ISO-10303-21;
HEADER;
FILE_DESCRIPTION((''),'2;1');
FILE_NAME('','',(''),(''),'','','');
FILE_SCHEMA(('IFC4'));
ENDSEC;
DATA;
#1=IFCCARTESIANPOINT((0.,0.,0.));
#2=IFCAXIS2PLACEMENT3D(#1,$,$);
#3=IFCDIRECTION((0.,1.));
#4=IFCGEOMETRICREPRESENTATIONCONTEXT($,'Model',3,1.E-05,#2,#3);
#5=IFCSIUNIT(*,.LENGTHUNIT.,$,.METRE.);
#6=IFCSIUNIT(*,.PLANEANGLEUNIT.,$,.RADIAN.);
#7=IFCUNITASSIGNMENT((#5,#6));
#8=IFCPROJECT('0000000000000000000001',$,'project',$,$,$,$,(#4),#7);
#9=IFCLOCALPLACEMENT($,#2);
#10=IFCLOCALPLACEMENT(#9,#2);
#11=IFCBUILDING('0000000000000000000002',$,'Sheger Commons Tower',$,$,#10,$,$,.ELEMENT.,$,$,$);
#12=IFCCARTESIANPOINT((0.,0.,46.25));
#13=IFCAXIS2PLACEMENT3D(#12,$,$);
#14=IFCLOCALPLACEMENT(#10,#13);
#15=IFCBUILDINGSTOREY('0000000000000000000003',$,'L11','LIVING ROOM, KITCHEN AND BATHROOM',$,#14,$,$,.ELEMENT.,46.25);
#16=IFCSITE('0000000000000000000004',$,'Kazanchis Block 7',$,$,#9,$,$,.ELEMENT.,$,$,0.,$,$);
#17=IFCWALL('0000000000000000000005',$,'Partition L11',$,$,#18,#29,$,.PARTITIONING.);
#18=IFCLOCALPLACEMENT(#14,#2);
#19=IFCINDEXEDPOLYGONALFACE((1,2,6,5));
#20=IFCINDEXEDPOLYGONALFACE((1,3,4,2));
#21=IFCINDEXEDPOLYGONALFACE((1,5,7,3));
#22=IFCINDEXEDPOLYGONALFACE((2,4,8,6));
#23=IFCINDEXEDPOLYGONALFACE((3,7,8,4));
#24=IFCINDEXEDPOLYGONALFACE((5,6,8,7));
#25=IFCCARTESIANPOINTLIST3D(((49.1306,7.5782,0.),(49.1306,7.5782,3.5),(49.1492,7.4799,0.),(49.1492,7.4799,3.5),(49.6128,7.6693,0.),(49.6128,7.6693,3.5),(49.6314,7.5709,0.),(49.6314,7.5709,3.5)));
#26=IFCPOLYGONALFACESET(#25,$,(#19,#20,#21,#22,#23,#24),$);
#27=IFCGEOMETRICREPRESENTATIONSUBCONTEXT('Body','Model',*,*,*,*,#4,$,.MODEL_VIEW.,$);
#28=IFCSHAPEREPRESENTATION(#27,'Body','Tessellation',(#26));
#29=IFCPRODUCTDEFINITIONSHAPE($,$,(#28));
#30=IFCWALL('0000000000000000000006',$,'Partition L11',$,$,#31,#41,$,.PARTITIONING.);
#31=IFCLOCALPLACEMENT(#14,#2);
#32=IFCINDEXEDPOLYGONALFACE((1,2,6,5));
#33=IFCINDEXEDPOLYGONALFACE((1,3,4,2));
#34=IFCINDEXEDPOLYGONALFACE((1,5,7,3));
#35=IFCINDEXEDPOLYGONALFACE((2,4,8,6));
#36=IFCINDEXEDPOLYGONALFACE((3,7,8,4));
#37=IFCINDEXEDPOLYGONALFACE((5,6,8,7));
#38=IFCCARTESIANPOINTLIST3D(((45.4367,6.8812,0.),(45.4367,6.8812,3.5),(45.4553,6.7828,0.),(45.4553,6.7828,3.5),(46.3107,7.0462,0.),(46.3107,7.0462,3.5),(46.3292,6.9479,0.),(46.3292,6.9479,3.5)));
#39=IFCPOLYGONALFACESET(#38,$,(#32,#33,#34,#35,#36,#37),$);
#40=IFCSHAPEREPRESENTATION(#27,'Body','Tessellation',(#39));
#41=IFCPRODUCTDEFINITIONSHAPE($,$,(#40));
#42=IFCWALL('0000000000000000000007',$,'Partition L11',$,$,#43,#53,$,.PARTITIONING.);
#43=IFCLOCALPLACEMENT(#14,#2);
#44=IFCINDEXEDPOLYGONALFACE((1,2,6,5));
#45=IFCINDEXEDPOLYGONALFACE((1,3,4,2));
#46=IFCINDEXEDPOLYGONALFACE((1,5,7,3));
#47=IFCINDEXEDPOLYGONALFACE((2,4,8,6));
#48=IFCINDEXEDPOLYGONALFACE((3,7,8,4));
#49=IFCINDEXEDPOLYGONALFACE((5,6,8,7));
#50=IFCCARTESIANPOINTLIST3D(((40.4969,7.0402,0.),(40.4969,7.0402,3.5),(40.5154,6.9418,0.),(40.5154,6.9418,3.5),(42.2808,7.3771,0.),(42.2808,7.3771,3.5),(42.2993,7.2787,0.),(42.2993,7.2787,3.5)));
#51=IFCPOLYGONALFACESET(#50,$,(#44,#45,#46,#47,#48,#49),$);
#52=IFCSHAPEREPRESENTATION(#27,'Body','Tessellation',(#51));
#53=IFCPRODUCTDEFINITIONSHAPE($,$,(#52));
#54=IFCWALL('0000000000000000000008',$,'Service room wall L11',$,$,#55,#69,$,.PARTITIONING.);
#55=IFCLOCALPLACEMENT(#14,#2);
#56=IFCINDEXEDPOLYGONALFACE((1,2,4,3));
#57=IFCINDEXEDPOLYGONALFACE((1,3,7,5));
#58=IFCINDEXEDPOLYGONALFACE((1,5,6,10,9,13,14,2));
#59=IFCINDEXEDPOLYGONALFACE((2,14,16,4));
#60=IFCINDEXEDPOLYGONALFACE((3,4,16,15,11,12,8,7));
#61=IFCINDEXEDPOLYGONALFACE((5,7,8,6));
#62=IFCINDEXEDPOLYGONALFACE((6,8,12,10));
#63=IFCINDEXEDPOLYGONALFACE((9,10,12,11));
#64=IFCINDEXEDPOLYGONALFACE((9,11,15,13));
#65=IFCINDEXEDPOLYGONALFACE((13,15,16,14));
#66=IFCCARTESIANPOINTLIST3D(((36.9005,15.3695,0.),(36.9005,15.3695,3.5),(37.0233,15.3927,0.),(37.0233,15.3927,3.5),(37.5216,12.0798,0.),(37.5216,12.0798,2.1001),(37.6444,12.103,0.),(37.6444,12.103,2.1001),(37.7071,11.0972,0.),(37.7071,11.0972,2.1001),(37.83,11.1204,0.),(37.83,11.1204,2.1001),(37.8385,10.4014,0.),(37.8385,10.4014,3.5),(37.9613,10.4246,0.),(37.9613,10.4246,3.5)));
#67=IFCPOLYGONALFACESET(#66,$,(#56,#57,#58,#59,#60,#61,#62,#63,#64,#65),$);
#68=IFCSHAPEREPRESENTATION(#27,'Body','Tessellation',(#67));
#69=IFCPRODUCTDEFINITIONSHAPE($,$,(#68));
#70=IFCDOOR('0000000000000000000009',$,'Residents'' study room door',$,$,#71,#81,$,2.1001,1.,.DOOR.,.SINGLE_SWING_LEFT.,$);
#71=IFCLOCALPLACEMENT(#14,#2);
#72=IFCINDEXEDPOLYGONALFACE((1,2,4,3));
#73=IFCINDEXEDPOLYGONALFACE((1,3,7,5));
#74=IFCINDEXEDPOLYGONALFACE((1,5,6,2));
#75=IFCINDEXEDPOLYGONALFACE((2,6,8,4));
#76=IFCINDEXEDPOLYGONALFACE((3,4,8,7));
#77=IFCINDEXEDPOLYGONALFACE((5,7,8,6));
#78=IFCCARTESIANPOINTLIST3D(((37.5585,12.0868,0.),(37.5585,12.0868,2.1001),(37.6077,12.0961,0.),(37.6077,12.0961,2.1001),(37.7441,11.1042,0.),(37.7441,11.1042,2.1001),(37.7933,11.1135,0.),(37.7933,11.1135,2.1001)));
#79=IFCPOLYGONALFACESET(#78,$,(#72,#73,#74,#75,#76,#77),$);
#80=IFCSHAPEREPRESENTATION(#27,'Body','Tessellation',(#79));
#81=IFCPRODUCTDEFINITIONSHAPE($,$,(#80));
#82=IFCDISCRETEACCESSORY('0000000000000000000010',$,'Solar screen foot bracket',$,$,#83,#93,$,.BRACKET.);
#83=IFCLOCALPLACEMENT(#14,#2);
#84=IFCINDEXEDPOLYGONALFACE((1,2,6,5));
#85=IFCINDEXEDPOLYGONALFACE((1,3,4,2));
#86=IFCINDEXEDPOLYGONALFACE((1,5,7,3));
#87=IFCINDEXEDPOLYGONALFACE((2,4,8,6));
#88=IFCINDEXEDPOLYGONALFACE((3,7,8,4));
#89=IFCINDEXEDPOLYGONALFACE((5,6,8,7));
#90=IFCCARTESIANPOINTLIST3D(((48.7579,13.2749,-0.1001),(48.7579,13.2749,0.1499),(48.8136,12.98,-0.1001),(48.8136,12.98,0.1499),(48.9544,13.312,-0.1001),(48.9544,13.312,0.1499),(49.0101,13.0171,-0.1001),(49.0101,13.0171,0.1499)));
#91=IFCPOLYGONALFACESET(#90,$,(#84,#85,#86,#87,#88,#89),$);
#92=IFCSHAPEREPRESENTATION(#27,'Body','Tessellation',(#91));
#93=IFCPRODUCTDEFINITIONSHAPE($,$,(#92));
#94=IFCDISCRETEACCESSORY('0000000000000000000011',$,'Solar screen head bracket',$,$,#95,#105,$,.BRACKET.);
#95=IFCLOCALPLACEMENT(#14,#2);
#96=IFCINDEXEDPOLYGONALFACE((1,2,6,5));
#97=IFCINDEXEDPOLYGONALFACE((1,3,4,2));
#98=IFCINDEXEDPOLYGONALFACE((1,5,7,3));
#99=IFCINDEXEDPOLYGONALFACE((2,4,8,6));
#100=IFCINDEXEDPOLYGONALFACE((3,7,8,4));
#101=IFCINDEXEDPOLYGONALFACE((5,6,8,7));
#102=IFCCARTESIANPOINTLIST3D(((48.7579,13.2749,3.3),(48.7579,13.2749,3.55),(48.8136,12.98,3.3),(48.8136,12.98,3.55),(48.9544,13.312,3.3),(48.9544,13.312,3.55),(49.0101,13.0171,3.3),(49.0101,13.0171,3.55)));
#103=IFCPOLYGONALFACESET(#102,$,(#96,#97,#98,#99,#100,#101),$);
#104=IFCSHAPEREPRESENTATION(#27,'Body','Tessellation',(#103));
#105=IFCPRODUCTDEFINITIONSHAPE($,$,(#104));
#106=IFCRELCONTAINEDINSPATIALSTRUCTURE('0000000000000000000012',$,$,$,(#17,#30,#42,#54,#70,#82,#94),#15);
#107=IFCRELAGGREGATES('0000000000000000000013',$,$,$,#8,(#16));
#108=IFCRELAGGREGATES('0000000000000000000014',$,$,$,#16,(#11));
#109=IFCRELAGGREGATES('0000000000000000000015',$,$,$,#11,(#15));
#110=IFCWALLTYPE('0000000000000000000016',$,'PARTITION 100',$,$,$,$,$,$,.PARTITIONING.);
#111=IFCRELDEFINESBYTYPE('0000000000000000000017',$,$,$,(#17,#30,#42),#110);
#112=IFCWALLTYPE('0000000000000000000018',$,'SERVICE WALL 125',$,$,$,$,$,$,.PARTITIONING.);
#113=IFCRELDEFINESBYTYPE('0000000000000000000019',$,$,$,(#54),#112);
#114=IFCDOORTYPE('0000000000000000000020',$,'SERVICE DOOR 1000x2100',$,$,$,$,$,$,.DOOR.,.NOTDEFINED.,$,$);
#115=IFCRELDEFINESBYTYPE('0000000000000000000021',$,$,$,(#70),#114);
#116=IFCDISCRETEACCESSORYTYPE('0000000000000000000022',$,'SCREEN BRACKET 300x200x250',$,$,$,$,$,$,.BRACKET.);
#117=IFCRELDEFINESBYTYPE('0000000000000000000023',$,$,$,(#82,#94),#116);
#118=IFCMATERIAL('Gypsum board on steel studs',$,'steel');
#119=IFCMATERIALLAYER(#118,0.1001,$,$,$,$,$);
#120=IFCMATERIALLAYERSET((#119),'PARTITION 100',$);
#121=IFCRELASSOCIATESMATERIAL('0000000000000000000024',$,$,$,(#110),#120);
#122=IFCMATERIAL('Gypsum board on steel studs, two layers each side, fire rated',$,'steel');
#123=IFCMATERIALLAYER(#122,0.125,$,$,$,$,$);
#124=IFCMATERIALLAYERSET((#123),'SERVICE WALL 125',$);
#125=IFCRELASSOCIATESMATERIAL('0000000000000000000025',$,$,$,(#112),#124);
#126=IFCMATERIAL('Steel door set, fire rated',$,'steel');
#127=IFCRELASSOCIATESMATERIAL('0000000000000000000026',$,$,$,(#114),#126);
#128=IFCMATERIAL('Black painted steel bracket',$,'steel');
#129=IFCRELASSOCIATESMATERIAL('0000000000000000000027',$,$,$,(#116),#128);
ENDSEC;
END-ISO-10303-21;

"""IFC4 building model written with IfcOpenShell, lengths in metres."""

from ifc_helpers import new_model, si_unit, direction, frame, frame_2d, origin, origin_2d, place, context, subcontext, project, spatial, rectangle, extrude, material, layer, layer_set, type_object, element, fill, save


model = new_model("IFC4")

# Units and contexts
model_context = context("Model", 3, precision=1e-05, world=origin(), true_north=direction((0.0, 1.0)))
body_context = subcontext(model_context, "Body", "Model", "MODEL_VIEW")
ifc_project = project(units=[si_unit("LENGTHUNIT", "METRE"), si_unit("PLANEANGLEUNIT", "RADIAN")], contexts=[model_context])

# Site, building, storey
site_placement = place(None, origin())
site = spatial("IfcSite", under=ifc_project, at=site_placement, Name="Kazanchis Block 7", CompositionType="ELEMENT", RefElevation=0.0)
building_placement = place(site_placement, origin())
building = spatial("IfcBuilding", under=site, at=building_placement, Name="Sheger Commons Tower", CompositionType="ELEMENT")
storey_placement = place(building_placement, frame((0.0, 0.0, 46.25)))
storey = spatial("IfcBuildingStorey", under=building, at=storey_placement, Name="L11", Description="LIVING ROOM, KITCHEN AND BATHROOM", CompositionType="ELEMENT", Elevation=46.25)

# Shared definitions
ifc_material_1 = material(Name="Gypsum board on steel studs", Category="steel")
ifc_layer_1 = layer(ifc_material_1, 0.1001)
ifc_layer_set_1 = layer_set([ifc_layer_1], Name="PARTITION 100")
wall_type_1 = type_object("IfcWallType", Name="PARTITION 100", PredefinedType="PARTITIONING", material=ifc_layer_set_1)

# Walls
wall_1_placement = place(storey_placement, frame((49.6221, 7.6201, 0.0), z_axis=(0.0, 0.0, 1.0), x_axis=(-0.982629, -0.18558, 0.0)))
element("IfcWall", 1, at=wall_1_placement, inside=storey, type_object=wall_type_1, Name="Partition L11", PredefinedType="PARTITIONING", context=body_context, shape_type="SweptSolid", body=[
    extrude(rectangle(XDim=0.4907, YDim=0.1001, at=frame_2d((0.2454, 0.0))), origin(), (0.0, 0.0, 1.0), 3.5),
])
wall_2_placement = place(storey_placement, frame((46.3201, 6.9971, 0.0), z_axis=(0.0, 0.0, 1.0), x_axis=(-0.982635, -0.185548, 0.0)))
element("IfcWall", 2, at=wall_2_placement, inside=storey, type_object=wall_type_1, Name="Partition L11", PredefinedType="PARTITIONING", context=body_context, shape_type="SweptSolid", body=[
    extrude(rectangle(XDim=0.8894, YDim=0.1001, at=frame_2d((0.4448, 0.0))), origin(), (0.0, 0.0, 1.0), 3.5),
])
wall_3_placement = place(storey_placement, frame((42.29, 7.3279, 0.0), z_axis=(0.0, 0.0, 1.0), x_axis=(-0.982629, -0.185579, 0.0)))
element("IfcWall", 3, at=wall_3_placement, inside=storey, type_object=wall_type_1, Name="Partition L11", PredefinedType="PARTITIONING", context=body_context, shape_type="SweptSolid", body=[
    extrude(rectangle(XDim=1.8154, YDim=0.1001, at=frame_2d((0.9077, 0.0))), origin(), (0.0, 0.0, 1.0), 3.5),
])

# Wall, opening, door
ifc_material_2 = material(Name="Gypsum board on steel studs, two layers each side, fire rated", Category="steel")
ifc_layer_2 = layer(ifc_material_2, 0.125)
ifc_layer_set_2 = layer_set([ifc_layer_2], Name="SERVICE WALL 125")
wall_type_2 = type_object("IfcWallType", Name="SERVICE WALL 125", PredefinedType="PARTITIONING", material=ifc_layer_set_2)
wall_4_placement = place(storey_placement, frame((37.8999, 10.4131, 0.0), z_axis=(0.0, 0.0, 1.0), x_axis=(-0.185528, 0.982639, 0.0)))
wall_4 = element("IfcWall", 4, at=wall_4_placement, inside=storey, type_object=wall_type_2, Name="Service room wall L11", PredefinedType="PARTITIONING", context=body_context, shape_type="SweptSolid", body=[
    extrude(rectangle(XDim=5.0559, YDim=0.125, at=frame_2d((2.5278, 0.0))), origin(), (0.0, 0.0, 1.0), 3.5),
])
opening_1_placement = place(wall_4_placement, frame((0.708, 0.0, 0.0)))
opening_1 = element("IfcOpeningElement", 5, at=opening_1_placement, cuts=wall_4, PredefinedType="OPENING", context=body_context, shape_type="SweptSolid", body=[
    extrude(rectangle(XDim=1.0, YDim=2.1001, at=frame_2d((0.5, 1.05))), frame((0.0, 0.0725, 0.0), z_axis=(0.0, -1.0, 0.0), x_axis=(1.0, 0.0, 0.0)), (0.0, 0.0, 1.0), 0.145),
])
ifc_material_3 = material(Name="Steel door set, fire rated", Category="steel")
door_type_1 = type_object("IfcDoorType", Name="SERVICE DOOR 1000x2100", OperationType="NOTDEFINED", PredefinedType="DOOR", material=ifc_material_3)
door_1_placement = place(opening_1_placement, origin())
door_1 = element("IfcDoor", 6, at=door_1_placement, inside=storey, type_object=door_type_1, Name="Residents' study room door", OperationType="SINGLE_SWING_LEFT", OverallHeight=2.1001, OverallWidth=1.0, PredefinedType="DOOR", context=body_context, shape_type="SweptSolid", body=[
    extrude(rectangle(XDim=1.0, YDim=2.1001, at=frame_2d((0.5, 1.05))), frame((0.0, 0.0249, 0.0), z_axis=(0.0, -1.0, 0.0), x_axis=(1.0, 0.0, 0.0)), (0.0, 0.0, 1.0), 0.05),
])
fill(opening_1, door_1)

# Discrete accessories
ifc_material_4 = material(Name="Black painted steel bracket", Category="steel")
discrete_accessory_type = type_object("IfcDiscreteAccessoryType", Name="SCREEN BRACKET 300x200x250", PredefinedType="BRACKET", material=ifc_material_4)
for number, where, z_axis, x_axis, name in (
    (7, (48.884, 13.146, -0.1001), (0.0, 0.0, 1.0), (-0.185615, 0.982623, 0.0), "Solar screen foot bracket"),
    (8, (48.884, 13.146, 3.3), (0.0, 0.0, 1.0), (-0.185615, 0.982623, 0.0), "Solar screen head bracket"),
):
    element("IfcDiscreteAccessory", number, at=place(storey_placement, frame(where, z_axis=z_axis, x_axis=x_axis)), inside=storey, type_object=discrete_accessory_type, Name=name, PredefinedType="BRACKET", context=body_context, shape_type="SweptSolid", body=[
        extrude(rectangle(XDim=0.3, YDim=0.2, at=origin_2d()), origin(), (0.0, 0.0, 1.0), 0.25),
    ])

save(model, "model.ifc")
